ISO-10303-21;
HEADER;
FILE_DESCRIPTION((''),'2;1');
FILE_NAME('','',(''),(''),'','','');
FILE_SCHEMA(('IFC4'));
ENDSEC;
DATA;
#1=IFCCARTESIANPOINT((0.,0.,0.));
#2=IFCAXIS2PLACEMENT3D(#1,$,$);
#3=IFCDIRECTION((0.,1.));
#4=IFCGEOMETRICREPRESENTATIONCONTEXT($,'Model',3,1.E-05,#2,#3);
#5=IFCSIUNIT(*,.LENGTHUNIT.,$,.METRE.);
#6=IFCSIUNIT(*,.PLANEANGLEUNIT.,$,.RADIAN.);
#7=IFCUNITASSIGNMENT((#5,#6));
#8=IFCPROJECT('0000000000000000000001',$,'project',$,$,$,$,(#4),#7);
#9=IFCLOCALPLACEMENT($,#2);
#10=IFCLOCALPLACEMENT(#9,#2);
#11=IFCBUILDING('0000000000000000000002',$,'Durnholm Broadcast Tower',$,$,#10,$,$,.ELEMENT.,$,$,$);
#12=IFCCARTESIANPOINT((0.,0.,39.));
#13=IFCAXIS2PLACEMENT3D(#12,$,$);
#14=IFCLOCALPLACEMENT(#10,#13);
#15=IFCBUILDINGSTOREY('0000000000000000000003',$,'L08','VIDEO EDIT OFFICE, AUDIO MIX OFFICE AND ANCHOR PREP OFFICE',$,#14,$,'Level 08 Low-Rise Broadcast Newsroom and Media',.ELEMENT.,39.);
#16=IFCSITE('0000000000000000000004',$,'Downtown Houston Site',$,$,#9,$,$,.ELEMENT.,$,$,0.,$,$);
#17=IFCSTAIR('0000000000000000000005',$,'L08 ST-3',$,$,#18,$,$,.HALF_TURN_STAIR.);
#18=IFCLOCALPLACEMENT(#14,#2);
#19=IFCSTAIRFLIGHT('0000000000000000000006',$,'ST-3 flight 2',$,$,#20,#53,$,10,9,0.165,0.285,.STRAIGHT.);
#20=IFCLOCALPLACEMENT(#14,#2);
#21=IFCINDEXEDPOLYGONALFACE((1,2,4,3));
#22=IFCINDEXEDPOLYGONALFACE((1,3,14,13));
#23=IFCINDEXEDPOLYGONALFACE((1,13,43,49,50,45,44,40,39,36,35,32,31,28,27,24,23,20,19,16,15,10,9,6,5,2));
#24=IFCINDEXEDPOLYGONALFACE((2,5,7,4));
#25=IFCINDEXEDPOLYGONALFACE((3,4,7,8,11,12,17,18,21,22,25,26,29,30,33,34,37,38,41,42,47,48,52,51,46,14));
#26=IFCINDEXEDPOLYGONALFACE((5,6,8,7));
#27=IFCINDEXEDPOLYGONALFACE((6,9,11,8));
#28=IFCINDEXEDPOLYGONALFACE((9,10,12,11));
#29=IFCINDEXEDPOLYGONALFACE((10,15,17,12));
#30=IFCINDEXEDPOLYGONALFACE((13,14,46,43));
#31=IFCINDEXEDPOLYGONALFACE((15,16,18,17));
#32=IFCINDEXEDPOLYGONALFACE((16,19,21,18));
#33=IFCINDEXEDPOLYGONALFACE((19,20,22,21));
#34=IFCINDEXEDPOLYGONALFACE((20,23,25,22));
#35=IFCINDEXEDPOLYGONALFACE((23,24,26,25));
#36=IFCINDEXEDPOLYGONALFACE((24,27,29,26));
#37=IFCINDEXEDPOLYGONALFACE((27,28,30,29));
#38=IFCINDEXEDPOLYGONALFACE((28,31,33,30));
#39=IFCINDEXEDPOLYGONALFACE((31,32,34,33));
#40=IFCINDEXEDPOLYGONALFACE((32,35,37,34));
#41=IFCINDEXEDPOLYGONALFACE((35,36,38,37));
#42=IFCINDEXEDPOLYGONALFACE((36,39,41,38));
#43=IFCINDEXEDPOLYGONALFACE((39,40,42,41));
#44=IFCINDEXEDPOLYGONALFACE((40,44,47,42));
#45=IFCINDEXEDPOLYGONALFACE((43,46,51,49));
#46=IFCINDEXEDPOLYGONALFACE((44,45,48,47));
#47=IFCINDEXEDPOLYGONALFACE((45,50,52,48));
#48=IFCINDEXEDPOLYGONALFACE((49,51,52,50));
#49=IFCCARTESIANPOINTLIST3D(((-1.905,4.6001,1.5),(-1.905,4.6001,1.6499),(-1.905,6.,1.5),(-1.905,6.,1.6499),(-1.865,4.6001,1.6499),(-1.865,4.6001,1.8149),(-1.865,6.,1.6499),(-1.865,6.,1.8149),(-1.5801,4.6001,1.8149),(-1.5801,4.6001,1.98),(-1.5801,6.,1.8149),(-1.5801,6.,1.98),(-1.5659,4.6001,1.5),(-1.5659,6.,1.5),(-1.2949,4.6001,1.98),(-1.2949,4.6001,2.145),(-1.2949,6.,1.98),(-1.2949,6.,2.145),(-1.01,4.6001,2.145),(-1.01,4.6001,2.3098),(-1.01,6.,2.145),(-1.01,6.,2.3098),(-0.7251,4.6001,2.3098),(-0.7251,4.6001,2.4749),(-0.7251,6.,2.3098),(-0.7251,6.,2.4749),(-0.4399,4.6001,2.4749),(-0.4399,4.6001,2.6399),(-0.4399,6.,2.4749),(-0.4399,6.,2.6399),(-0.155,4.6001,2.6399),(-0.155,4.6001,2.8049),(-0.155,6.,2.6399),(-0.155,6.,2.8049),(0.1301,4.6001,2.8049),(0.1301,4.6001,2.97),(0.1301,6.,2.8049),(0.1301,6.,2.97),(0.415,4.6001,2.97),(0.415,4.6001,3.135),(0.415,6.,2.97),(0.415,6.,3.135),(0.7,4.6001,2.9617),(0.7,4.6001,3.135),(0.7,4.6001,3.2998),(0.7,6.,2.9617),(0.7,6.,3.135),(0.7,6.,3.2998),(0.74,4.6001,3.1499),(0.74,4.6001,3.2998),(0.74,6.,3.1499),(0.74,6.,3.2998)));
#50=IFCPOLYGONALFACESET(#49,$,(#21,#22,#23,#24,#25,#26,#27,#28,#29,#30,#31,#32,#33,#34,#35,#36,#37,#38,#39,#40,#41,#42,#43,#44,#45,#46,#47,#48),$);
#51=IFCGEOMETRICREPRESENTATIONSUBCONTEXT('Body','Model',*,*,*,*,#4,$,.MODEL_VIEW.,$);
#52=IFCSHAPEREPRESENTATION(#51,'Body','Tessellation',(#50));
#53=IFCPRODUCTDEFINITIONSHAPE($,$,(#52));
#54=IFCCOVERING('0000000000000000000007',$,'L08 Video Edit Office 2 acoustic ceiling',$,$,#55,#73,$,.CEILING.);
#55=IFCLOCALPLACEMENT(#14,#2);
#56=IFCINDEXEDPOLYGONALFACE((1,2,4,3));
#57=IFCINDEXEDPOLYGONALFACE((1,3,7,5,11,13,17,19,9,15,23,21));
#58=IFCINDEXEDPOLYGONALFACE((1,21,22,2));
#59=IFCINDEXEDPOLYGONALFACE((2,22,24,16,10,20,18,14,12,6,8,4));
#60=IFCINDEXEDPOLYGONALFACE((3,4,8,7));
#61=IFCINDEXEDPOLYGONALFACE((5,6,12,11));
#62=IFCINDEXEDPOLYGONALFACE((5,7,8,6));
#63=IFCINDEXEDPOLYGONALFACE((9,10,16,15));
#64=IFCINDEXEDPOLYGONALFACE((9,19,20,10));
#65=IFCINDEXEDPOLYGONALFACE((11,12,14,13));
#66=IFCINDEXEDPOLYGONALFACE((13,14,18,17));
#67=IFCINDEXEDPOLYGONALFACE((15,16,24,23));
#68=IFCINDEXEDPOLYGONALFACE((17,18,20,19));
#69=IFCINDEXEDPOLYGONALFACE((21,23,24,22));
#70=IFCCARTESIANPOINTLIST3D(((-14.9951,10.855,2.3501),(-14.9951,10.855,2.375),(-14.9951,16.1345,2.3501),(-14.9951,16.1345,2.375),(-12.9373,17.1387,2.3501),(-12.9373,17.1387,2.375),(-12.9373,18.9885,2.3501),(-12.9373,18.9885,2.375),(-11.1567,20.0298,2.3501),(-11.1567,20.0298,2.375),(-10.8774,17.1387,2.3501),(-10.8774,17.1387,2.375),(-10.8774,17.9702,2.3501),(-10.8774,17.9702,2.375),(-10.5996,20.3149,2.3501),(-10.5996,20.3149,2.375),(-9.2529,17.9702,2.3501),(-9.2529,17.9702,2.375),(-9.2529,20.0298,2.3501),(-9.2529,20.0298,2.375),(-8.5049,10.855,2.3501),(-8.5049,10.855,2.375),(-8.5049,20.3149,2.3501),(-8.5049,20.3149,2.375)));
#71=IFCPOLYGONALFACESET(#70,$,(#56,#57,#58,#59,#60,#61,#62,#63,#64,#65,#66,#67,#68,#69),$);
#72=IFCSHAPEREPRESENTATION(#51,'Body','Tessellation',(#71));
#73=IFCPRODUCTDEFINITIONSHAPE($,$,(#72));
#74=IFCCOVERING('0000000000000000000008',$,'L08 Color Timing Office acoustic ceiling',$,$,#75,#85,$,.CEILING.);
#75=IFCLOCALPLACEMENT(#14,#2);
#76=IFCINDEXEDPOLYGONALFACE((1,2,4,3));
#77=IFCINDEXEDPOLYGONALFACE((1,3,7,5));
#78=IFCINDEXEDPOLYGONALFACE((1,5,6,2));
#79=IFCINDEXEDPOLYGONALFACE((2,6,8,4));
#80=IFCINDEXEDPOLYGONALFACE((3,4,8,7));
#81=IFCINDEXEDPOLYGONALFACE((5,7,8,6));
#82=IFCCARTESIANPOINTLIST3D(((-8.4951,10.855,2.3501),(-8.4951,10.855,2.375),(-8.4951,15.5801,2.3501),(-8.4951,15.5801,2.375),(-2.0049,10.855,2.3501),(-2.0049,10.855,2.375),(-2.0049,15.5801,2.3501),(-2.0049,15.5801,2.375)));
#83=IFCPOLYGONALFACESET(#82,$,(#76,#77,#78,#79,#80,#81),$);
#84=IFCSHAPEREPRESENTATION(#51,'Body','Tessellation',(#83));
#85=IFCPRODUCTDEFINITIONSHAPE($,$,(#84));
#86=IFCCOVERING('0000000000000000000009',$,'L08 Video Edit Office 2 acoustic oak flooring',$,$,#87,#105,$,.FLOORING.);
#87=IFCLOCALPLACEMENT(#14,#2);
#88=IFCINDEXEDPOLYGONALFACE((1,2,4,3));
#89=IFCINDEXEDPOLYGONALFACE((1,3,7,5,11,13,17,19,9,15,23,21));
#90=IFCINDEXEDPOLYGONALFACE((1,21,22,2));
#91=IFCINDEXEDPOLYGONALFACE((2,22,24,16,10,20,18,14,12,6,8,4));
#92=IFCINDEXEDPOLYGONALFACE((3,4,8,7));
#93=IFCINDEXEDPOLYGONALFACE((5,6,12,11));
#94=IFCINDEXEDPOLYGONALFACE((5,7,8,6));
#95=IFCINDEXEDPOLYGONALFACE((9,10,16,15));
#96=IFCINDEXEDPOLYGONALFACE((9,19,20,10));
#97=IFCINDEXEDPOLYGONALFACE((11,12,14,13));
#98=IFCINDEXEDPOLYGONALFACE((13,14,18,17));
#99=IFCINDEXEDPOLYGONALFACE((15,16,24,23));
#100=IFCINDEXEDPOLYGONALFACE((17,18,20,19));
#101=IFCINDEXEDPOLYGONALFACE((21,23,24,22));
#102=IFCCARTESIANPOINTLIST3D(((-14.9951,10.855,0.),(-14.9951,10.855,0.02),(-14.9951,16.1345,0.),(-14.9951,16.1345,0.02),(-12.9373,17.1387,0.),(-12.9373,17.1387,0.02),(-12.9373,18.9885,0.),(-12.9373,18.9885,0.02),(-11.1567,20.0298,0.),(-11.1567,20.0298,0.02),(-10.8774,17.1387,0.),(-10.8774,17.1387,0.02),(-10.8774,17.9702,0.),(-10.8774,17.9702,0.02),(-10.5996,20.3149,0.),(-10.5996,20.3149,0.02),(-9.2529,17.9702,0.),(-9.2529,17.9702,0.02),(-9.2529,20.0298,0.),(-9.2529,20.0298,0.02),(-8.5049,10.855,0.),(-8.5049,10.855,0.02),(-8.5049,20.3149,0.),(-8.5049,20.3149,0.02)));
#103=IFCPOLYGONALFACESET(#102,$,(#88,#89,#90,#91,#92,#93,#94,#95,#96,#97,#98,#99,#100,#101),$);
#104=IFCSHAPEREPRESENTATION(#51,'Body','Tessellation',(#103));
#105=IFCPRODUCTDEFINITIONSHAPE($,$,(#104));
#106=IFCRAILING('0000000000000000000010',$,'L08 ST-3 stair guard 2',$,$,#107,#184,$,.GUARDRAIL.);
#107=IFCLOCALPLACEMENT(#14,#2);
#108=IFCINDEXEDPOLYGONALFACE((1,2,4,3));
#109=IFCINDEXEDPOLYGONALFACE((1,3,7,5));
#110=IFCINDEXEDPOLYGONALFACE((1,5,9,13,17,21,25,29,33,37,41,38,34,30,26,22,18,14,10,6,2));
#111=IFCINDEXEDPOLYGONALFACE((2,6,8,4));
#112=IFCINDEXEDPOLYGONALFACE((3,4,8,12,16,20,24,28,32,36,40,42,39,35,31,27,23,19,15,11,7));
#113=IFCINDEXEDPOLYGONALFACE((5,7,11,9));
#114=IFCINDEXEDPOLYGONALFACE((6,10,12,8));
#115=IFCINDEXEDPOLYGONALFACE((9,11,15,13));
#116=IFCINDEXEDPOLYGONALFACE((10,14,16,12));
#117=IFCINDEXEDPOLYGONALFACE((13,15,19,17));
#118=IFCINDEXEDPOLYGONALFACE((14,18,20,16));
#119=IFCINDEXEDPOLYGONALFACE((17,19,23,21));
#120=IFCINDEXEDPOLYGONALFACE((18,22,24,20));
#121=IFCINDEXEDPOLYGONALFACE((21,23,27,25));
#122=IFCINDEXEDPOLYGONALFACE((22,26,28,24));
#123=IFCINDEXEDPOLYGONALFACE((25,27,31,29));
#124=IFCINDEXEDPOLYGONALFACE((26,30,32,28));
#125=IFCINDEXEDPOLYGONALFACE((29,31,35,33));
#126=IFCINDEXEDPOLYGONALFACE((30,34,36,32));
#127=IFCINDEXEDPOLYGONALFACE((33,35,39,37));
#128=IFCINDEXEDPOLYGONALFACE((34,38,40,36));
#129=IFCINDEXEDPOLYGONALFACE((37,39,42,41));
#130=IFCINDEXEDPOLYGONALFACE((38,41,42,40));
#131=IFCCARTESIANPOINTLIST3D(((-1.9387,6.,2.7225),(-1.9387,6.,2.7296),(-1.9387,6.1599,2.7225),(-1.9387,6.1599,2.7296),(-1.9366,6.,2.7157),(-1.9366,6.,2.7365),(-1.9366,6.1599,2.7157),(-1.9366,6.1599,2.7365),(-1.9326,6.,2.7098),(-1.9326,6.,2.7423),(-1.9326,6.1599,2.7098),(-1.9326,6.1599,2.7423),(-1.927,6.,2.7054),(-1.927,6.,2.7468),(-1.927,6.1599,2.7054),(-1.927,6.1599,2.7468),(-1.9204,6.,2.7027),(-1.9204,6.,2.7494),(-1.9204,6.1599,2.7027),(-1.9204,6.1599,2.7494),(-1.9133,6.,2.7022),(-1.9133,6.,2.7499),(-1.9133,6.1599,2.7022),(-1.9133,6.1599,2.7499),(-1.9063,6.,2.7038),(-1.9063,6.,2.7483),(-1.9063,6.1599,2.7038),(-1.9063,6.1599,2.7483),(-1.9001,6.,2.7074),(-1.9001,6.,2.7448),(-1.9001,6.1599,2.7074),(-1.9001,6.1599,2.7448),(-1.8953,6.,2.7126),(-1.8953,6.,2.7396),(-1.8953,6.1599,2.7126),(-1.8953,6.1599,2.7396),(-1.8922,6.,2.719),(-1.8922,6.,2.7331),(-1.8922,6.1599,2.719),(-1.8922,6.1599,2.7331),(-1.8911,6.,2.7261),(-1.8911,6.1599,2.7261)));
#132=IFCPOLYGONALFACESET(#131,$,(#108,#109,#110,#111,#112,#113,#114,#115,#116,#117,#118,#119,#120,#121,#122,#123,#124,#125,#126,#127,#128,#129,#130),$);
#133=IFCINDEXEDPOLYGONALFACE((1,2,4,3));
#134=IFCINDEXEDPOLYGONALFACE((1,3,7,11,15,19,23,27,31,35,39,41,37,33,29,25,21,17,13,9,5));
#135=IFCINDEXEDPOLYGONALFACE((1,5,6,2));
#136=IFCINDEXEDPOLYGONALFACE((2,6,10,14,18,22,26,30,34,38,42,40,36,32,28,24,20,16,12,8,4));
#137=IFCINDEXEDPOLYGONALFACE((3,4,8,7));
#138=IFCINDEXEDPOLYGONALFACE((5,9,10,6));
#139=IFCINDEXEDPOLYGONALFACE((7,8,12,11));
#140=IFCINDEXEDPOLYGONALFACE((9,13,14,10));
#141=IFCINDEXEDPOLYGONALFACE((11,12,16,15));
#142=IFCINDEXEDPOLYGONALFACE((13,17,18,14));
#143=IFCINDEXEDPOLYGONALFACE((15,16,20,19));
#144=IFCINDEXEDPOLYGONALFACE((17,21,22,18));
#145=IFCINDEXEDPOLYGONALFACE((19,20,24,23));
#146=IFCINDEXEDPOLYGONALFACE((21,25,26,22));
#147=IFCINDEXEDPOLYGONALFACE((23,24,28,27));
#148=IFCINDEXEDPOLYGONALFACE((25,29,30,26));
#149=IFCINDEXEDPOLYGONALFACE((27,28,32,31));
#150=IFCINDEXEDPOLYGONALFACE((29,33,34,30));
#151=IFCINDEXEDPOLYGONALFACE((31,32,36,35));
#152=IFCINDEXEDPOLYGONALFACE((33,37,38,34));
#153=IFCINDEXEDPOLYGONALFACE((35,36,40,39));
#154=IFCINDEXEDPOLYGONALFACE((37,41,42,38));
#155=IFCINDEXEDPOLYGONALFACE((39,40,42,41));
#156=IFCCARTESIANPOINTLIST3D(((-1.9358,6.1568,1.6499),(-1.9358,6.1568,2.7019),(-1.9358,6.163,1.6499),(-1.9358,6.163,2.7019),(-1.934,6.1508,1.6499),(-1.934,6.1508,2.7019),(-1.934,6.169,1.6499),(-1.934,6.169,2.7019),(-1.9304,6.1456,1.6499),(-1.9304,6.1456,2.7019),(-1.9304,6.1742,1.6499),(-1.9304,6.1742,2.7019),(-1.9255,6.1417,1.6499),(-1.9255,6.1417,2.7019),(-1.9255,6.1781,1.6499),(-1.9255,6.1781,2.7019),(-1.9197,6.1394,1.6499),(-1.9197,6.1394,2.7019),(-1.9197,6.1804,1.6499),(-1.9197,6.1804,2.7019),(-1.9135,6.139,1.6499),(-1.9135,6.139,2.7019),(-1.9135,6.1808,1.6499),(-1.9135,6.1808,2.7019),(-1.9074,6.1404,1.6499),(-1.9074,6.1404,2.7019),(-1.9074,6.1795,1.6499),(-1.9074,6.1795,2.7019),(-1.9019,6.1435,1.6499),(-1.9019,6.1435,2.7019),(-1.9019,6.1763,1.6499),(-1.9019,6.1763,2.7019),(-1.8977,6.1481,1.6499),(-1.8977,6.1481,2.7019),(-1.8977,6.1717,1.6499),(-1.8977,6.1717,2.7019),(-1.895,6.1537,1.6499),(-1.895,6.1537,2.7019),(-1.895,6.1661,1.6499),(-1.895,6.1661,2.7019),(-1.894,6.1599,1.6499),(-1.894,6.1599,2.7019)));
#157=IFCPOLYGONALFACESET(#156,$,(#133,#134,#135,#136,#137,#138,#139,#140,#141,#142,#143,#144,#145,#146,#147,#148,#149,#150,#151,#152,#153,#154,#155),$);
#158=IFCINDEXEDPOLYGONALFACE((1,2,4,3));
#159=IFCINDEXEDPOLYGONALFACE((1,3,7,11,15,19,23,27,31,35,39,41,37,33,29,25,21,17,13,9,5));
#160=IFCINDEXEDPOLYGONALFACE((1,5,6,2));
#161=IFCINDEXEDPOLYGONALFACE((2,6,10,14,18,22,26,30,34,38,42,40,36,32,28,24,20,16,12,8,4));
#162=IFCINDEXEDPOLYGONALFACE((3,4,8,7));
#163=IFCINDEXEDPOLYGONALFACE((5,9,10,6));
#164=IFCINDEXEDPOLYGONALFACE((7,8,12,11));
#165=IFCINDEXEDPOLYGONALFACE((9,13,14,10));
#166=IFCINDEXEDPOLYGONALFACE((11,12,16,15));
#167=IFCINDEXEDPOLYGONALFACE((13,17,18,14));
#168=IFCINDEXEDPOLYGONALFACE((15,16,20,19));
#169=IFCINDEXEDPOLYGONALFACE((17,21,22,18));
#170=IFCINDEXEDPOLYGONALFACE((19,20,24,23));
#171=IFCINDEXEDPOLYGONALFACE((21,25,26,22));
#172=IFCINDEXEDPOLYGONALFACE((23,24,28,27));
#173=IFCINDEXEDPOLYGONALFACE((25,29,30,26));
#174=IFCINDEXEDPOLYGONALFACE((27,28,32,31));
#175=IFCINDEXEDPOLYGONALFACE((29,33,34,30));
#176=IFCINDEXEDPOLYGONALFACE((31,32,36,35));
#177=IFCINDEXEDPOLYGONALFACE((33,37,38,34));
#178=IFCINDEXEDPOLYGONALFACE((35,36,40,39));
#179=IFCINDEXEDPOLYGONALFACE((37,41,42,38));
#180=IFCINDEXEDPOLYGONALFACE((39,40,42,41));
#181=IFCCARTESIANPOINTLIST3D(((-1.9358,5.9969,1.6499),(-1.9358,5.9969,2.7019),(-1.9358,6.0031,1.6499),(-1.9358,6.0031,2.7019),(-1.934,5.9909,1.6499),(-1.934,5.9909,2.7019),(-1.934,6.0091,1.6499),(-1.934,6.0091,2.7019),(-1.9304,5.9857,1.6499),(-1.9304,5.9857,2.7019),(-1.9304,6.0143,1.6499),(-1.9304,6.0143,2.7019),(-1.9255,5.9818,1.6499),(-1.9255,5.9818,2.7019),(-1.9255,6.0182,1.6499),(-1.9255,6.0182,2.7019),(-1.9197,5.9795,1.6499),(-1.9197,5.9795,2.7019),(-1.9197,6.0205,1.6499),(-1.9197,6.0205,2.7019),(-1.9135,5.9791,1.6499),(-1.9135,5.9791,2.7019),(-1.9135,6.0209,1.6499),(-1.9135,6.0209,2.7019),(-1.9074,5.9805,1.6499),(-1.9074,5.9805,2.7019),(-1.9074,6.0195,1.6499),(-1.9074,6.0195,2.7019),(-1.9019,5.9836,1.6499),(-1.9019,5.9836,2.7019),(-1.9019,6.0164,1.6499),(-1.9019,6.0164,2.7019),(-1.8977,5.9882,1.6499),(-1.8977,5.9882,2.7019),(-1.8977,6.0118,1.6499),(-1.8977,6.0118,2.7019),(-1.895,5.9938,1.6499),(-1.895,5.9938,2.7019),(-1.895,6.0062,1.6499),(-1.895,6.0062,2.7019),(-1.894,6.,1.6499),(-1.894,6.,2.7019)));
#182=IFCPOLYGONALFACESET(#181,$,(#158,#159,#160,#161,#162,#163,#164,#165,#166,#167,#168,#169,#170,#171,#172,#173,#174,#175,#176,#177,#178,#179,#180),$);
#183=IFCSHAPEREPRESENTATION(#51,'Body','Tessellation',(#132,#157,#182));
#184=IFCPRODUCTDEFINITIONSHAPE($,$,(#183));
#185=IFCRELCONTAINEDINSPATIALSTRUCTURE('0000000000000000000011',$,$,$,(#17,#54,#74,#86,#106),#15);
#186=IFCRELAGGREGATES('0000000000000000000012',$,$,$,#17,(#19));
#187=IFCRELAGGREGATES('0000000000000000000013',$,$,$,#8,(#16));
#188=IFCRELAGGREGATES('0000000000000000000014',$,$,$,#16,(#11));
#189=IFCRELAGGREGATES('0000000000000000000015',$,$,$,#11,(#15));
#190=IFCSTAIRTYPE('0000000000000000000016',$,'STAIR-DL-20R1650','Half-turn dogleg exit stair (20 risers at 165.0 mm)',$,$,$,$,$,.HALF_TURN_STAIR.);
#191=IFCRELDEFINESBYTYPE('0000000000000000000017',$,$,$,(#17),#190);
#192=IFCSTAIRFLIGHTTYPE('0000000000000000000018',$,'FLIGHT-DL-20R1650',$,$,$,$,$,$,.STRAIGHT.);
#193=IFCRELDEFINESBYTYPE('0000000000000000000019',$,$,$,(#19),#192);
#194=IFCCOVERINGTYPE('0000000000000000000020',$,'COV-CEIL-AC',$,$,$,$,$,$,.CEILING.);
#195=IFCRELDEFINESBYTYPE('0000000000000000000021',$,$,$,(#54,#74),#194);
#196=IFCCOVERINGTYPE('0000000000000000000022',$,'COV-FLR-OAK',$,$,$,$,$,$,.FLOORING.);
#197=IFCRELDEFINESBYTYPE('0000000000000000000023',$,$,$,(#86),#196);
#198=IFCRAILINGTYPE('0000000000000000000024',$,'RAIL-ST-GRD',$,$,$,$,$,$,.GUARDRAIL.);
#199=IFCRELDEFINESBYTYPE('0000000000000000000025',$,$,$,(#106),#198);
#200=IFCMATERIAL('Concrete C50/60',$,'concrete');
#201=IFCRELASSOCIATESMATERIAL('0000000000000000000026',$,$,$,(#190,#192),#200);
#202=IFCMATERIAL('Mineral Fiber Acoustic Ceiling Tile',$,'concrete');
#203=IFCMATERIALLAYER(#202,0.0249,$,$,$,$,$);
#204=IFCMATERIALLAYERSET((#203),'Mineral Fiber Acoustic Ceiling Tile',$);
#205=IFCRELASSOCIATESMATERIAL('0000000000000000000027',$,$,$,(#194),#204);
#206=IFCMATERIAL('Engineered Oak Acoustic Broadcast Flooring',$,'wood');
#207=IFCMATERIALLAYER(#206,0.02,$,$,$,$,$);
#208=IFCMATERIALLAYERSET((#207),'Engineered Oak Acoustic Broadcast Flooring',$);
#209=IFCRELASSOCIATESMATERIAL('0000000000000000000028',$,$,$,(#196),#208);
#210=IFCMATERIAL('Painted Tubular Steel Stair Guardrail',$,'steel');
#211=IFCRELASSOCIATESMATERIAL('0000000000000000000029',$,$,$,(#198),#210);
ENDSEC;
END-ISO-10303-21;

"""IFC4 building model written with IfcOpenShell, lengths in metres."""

from ifc_helpers import new_model, si_unit, direction, frame, origin, origin_2d, place, context, subcontext, project, spatial, polyline, circle, outline, extrude, material, layer, layer_set, type_object, element, aggregate, save


model = new_model("IFC4")

# Units and contexts
model_context = context("Model", 3, precision=1e-05, world=origin(), true_north=direction((0.0, 1.0)))
body_context = subcontext(model_context, "Body", "Model", "MODEL_VIEW")
ifc_project = project(units=[si_unit("LENGTHUNIT", "METRE"), si_unit("PLANEANGLEUNIT", "RADIAN")], contexts=[model_context])

# Site, building, storey
site_placement = place(None, origin())
site = spatial("IfcSite", under=ifc_project, at=site_placement, Name="Downtown Houston Site", CompositionType="ELEMENT", RefElevation=0.0)
building_placement = place(site_placement, origin())
building = spatial("IfcBuilding", under=site, at=building_placement, Name="Durnholm Broadcast Tower", CompositionType="ELEMENT")
storey_placement = place(building_placement, frame((0.0, 0.0, 39.0)))
storey = spatial("IfcBuildingStorey", under=building, at=storey_placement, Name="L08", Description="VIDEO EDIT OFFICE, AUDIO MIX OFFICE AND ANCHOR PREP OFFICE", LongName="Level 08 Low-Rise Broadcast Newsroom and Media", CompositionType="ELEMENT", Elevation=39.0)

# Stair
ifc_material_1 = material(Name="Concrete C50/60", Category="concrete")
stair_type = type_object("IfcStairType", Name="STAIR-DL-20R1650", Description="Half-turn dogleg exit stair (20 risers at 165.0 mm)", PredefinedType="HALF_TURN_STAIR", material=ifc_material_1)
stair_placement = place(storey_placement, origin())
stair = element("IfcStair", 1, at=stair_placement, inside=storey, type_object=stair_type, Name="L08 ST-3", PredefinedType="HALF_TURN_STAIR")

# Stair flight
stair_flight_type = type_object("IfcStairFlightType", Name="FLIGHT-DL-20R1650", PredefinedType="STRAIGHT", material=ifc_material_1)
stair_flight_placement = place(storey_placement, frame((-1.865, 5.3, 1.6499), z_axis=(0.0, 0.0, 1.0), x_axis=(1.0, 0.0, 0.0)))
stair_flight = element("IfcStairFlight", 2, at=stair_flight_placement, type_object=stair_flight_type, Name="ST-3 flight 2", NumberOfRisers=10, NumberOfTreads=9, PredefinedType="STRAIGHT", RiserHeight=0.165, TreadLength=0.285, context=body_context, shape_type="SweptSolid", body=[
    extrude(outline(polyline([(-0.04, -0.1499), (-0.04, 0.0), (0.0, 0.0), (0.0, 0.165), (0.2849, 0.165), (0.2849, 0.3301), (0.5701, 0.3301), (0.5701, 0.4951), (0.855, 0.4951), (0.855, 0.6599), (1.1399, 0.6599), (1.1399, 0.825), (1.425, 0.825), (1.425, 0.99), (1.71, 0.99), (1.71, 1.155), (1.9951, 1.155), (1.9951, 1.3201), (2.28, 1.3201), (2.28, 1.4851), (2.5649, 1.4851), (2.5649, 1.6499), (2.605, 1.6499), (2.605, 1.5), (2.5649, 1.3118), (0.2991, -0.1499), (-0.04, -0.1499)])), frame((0.0, 0.7, 0.0), z_axis=(0.0, -1.0, 0.0), x_axis=(1.0, 0.0, 0.0)), (0.0, 0.0, 1.0), 1.3999),
])
aggregate(stair, [stair_flight])

# Coverings
ifc_material_2 = material(Name="Mineral Fiber Acoustic Ceiling Tile", Category="concrete")
ifc_layer_1 = layer(ifc_material_2, 0.0249)
ifc_layer_set_1 = layer_set([ifc_layer_1], Name="Mineral Fiber Acoustic Ceiling Tile")
covering_type_1 = type_object("IfcCoveringType", Name="COV-CEIL-AC", PredefinedType="CEILING", material=ifc_layer_set_1)
covering_1_placement = place(storey_placement, frame((0.0, 0.0, 2.3501)))
element("IfcCovering", 3, at=covering_1_placement, inside=storey, type_object=covering_type_1, Name="L08 Video Edit Office 2 acoustic ceiling", PredefinedType="CEILING", context=body_context, shape_type="SweptSolid", body=[
    extrude(outline(polyline([(-10.8774, 17.1387), (-12.9373, 17.1387), (-12.9373, 18.9885), (-14.9951, 16.1345), (-14.9951, 10.855), (-8.5049, 10.855), (-8.5049, 20.3149), (-10.5996, 20.3149), (-11.1567, 20.0298), (-9.2529, 20.0298), (-9.2529, 17.9702), (-10.8774, 17.9702), (-10.8774, 17.1387)])), origin(), (0.0, 0.0, 1.0), 0.0249),
])
covering_2_placement = place(storey_placement, frame((0.0, 0.0, 2.3501)))
element("IfcCovering", 4, at=covering_2_placement, inside=storey, type_object=covering_type_1, Name="L08 Color Timing Office acoustic ceiling", PredefinedType="CEILING", context=body_context, shape_type="SweptSolid", body=[
    extrude(outline(polyline([(-8.4951, 15.5801), (-8.4951, 10.855), (-2.0049, 10.855), (-2.0049, 15.5801), (-8.4951, 15.5801)])), origin(), (0.0, 0.0, 1.0), 0.0249),
])
ifc_material_3 = material(Name="Engineered Oak Acoustic Broadcast Flooring", Category="wood")
ifc_layer_2 = layer(ifc_material_3, 0.02)
ifc_layer_set_2 = layer_set([ifc_layer_2], Name="Engineered Oak Acoustic Broadcast Flooring")
covering_type_2 = type_object("IfcCoveringType", Name="COV-FLR-OAK", PredefinedType="FLOORING", material=ifc_layer_set_2)
covering_3_placement = place(storey_placement, origin())
element("IfcCovering", 5, at=covering_3_placement, inside=storey, type_object=covering_type_2, Name="L08 Video Edit Office 2 acoustic oak flooring", PredefinedType="FLOORING", context=body_context, shape_type="SweptSolid", body=[
    extrude(outline(polyline([(-10.8774, 17.1387), (-12.9373, 17.1387), (-12.9373, 18.9885), (-14.9951, 16.1345), (-14.9951, 10.855), (-8.5049, 10.855), (-8.5049, 20.3149), (-10.5996, 20.3149), (-11.1567, 20.0298), (-9.2529, 20.0298), (-9.2529, 17.9702), (-10.8774, 17.9702), (-10.8774, 17.1387)])), origin(), (0.0, 0.0, 1.0), 0.02),
])

# Railing
ifc_material_4 = material(Name="Painted Tubular Steel Stair Guardrail", Category="steel")
railing_type_1 = type_object("IfcRailingType", Name="RAIL-ST-GRD", PredefinedType="GUARDRAIL", material=ifc_material_4)
railing_1_placement = place(storey_placement, frame((-1.915, 6.1599, 1.6499)))
element("IfcRailing", 6, at=railing_1_placement, inside=storey, type_object=railing_type_1, Name="L08 ST-3 stair guard 2", PredefinedType="GUARDRAIL", context=body_context, shape_type="SweptSolid", body=[
    extrude(circle(Radius=0.0239, at=origin_2d()), frame((0.0, 0.0, 1.0762), z_axis=(0.0, -1.0, 0.0), x_axis=(1.0, 0.0, 0.0)), (0.0, 0.0, 1.0), 0.1599),
    extrude(circle(Radius=0.021, at=origin_2d()), origin(), (0.0, 0.0, 1.0), 1.052),
    extrude(circle(Radius=0.021, at=origin_2d()), frame((0.0, -0.1599, 0.0)), (0.0, 0.0, 1.0), 1.052),
])

save(model, "model.ifc")
